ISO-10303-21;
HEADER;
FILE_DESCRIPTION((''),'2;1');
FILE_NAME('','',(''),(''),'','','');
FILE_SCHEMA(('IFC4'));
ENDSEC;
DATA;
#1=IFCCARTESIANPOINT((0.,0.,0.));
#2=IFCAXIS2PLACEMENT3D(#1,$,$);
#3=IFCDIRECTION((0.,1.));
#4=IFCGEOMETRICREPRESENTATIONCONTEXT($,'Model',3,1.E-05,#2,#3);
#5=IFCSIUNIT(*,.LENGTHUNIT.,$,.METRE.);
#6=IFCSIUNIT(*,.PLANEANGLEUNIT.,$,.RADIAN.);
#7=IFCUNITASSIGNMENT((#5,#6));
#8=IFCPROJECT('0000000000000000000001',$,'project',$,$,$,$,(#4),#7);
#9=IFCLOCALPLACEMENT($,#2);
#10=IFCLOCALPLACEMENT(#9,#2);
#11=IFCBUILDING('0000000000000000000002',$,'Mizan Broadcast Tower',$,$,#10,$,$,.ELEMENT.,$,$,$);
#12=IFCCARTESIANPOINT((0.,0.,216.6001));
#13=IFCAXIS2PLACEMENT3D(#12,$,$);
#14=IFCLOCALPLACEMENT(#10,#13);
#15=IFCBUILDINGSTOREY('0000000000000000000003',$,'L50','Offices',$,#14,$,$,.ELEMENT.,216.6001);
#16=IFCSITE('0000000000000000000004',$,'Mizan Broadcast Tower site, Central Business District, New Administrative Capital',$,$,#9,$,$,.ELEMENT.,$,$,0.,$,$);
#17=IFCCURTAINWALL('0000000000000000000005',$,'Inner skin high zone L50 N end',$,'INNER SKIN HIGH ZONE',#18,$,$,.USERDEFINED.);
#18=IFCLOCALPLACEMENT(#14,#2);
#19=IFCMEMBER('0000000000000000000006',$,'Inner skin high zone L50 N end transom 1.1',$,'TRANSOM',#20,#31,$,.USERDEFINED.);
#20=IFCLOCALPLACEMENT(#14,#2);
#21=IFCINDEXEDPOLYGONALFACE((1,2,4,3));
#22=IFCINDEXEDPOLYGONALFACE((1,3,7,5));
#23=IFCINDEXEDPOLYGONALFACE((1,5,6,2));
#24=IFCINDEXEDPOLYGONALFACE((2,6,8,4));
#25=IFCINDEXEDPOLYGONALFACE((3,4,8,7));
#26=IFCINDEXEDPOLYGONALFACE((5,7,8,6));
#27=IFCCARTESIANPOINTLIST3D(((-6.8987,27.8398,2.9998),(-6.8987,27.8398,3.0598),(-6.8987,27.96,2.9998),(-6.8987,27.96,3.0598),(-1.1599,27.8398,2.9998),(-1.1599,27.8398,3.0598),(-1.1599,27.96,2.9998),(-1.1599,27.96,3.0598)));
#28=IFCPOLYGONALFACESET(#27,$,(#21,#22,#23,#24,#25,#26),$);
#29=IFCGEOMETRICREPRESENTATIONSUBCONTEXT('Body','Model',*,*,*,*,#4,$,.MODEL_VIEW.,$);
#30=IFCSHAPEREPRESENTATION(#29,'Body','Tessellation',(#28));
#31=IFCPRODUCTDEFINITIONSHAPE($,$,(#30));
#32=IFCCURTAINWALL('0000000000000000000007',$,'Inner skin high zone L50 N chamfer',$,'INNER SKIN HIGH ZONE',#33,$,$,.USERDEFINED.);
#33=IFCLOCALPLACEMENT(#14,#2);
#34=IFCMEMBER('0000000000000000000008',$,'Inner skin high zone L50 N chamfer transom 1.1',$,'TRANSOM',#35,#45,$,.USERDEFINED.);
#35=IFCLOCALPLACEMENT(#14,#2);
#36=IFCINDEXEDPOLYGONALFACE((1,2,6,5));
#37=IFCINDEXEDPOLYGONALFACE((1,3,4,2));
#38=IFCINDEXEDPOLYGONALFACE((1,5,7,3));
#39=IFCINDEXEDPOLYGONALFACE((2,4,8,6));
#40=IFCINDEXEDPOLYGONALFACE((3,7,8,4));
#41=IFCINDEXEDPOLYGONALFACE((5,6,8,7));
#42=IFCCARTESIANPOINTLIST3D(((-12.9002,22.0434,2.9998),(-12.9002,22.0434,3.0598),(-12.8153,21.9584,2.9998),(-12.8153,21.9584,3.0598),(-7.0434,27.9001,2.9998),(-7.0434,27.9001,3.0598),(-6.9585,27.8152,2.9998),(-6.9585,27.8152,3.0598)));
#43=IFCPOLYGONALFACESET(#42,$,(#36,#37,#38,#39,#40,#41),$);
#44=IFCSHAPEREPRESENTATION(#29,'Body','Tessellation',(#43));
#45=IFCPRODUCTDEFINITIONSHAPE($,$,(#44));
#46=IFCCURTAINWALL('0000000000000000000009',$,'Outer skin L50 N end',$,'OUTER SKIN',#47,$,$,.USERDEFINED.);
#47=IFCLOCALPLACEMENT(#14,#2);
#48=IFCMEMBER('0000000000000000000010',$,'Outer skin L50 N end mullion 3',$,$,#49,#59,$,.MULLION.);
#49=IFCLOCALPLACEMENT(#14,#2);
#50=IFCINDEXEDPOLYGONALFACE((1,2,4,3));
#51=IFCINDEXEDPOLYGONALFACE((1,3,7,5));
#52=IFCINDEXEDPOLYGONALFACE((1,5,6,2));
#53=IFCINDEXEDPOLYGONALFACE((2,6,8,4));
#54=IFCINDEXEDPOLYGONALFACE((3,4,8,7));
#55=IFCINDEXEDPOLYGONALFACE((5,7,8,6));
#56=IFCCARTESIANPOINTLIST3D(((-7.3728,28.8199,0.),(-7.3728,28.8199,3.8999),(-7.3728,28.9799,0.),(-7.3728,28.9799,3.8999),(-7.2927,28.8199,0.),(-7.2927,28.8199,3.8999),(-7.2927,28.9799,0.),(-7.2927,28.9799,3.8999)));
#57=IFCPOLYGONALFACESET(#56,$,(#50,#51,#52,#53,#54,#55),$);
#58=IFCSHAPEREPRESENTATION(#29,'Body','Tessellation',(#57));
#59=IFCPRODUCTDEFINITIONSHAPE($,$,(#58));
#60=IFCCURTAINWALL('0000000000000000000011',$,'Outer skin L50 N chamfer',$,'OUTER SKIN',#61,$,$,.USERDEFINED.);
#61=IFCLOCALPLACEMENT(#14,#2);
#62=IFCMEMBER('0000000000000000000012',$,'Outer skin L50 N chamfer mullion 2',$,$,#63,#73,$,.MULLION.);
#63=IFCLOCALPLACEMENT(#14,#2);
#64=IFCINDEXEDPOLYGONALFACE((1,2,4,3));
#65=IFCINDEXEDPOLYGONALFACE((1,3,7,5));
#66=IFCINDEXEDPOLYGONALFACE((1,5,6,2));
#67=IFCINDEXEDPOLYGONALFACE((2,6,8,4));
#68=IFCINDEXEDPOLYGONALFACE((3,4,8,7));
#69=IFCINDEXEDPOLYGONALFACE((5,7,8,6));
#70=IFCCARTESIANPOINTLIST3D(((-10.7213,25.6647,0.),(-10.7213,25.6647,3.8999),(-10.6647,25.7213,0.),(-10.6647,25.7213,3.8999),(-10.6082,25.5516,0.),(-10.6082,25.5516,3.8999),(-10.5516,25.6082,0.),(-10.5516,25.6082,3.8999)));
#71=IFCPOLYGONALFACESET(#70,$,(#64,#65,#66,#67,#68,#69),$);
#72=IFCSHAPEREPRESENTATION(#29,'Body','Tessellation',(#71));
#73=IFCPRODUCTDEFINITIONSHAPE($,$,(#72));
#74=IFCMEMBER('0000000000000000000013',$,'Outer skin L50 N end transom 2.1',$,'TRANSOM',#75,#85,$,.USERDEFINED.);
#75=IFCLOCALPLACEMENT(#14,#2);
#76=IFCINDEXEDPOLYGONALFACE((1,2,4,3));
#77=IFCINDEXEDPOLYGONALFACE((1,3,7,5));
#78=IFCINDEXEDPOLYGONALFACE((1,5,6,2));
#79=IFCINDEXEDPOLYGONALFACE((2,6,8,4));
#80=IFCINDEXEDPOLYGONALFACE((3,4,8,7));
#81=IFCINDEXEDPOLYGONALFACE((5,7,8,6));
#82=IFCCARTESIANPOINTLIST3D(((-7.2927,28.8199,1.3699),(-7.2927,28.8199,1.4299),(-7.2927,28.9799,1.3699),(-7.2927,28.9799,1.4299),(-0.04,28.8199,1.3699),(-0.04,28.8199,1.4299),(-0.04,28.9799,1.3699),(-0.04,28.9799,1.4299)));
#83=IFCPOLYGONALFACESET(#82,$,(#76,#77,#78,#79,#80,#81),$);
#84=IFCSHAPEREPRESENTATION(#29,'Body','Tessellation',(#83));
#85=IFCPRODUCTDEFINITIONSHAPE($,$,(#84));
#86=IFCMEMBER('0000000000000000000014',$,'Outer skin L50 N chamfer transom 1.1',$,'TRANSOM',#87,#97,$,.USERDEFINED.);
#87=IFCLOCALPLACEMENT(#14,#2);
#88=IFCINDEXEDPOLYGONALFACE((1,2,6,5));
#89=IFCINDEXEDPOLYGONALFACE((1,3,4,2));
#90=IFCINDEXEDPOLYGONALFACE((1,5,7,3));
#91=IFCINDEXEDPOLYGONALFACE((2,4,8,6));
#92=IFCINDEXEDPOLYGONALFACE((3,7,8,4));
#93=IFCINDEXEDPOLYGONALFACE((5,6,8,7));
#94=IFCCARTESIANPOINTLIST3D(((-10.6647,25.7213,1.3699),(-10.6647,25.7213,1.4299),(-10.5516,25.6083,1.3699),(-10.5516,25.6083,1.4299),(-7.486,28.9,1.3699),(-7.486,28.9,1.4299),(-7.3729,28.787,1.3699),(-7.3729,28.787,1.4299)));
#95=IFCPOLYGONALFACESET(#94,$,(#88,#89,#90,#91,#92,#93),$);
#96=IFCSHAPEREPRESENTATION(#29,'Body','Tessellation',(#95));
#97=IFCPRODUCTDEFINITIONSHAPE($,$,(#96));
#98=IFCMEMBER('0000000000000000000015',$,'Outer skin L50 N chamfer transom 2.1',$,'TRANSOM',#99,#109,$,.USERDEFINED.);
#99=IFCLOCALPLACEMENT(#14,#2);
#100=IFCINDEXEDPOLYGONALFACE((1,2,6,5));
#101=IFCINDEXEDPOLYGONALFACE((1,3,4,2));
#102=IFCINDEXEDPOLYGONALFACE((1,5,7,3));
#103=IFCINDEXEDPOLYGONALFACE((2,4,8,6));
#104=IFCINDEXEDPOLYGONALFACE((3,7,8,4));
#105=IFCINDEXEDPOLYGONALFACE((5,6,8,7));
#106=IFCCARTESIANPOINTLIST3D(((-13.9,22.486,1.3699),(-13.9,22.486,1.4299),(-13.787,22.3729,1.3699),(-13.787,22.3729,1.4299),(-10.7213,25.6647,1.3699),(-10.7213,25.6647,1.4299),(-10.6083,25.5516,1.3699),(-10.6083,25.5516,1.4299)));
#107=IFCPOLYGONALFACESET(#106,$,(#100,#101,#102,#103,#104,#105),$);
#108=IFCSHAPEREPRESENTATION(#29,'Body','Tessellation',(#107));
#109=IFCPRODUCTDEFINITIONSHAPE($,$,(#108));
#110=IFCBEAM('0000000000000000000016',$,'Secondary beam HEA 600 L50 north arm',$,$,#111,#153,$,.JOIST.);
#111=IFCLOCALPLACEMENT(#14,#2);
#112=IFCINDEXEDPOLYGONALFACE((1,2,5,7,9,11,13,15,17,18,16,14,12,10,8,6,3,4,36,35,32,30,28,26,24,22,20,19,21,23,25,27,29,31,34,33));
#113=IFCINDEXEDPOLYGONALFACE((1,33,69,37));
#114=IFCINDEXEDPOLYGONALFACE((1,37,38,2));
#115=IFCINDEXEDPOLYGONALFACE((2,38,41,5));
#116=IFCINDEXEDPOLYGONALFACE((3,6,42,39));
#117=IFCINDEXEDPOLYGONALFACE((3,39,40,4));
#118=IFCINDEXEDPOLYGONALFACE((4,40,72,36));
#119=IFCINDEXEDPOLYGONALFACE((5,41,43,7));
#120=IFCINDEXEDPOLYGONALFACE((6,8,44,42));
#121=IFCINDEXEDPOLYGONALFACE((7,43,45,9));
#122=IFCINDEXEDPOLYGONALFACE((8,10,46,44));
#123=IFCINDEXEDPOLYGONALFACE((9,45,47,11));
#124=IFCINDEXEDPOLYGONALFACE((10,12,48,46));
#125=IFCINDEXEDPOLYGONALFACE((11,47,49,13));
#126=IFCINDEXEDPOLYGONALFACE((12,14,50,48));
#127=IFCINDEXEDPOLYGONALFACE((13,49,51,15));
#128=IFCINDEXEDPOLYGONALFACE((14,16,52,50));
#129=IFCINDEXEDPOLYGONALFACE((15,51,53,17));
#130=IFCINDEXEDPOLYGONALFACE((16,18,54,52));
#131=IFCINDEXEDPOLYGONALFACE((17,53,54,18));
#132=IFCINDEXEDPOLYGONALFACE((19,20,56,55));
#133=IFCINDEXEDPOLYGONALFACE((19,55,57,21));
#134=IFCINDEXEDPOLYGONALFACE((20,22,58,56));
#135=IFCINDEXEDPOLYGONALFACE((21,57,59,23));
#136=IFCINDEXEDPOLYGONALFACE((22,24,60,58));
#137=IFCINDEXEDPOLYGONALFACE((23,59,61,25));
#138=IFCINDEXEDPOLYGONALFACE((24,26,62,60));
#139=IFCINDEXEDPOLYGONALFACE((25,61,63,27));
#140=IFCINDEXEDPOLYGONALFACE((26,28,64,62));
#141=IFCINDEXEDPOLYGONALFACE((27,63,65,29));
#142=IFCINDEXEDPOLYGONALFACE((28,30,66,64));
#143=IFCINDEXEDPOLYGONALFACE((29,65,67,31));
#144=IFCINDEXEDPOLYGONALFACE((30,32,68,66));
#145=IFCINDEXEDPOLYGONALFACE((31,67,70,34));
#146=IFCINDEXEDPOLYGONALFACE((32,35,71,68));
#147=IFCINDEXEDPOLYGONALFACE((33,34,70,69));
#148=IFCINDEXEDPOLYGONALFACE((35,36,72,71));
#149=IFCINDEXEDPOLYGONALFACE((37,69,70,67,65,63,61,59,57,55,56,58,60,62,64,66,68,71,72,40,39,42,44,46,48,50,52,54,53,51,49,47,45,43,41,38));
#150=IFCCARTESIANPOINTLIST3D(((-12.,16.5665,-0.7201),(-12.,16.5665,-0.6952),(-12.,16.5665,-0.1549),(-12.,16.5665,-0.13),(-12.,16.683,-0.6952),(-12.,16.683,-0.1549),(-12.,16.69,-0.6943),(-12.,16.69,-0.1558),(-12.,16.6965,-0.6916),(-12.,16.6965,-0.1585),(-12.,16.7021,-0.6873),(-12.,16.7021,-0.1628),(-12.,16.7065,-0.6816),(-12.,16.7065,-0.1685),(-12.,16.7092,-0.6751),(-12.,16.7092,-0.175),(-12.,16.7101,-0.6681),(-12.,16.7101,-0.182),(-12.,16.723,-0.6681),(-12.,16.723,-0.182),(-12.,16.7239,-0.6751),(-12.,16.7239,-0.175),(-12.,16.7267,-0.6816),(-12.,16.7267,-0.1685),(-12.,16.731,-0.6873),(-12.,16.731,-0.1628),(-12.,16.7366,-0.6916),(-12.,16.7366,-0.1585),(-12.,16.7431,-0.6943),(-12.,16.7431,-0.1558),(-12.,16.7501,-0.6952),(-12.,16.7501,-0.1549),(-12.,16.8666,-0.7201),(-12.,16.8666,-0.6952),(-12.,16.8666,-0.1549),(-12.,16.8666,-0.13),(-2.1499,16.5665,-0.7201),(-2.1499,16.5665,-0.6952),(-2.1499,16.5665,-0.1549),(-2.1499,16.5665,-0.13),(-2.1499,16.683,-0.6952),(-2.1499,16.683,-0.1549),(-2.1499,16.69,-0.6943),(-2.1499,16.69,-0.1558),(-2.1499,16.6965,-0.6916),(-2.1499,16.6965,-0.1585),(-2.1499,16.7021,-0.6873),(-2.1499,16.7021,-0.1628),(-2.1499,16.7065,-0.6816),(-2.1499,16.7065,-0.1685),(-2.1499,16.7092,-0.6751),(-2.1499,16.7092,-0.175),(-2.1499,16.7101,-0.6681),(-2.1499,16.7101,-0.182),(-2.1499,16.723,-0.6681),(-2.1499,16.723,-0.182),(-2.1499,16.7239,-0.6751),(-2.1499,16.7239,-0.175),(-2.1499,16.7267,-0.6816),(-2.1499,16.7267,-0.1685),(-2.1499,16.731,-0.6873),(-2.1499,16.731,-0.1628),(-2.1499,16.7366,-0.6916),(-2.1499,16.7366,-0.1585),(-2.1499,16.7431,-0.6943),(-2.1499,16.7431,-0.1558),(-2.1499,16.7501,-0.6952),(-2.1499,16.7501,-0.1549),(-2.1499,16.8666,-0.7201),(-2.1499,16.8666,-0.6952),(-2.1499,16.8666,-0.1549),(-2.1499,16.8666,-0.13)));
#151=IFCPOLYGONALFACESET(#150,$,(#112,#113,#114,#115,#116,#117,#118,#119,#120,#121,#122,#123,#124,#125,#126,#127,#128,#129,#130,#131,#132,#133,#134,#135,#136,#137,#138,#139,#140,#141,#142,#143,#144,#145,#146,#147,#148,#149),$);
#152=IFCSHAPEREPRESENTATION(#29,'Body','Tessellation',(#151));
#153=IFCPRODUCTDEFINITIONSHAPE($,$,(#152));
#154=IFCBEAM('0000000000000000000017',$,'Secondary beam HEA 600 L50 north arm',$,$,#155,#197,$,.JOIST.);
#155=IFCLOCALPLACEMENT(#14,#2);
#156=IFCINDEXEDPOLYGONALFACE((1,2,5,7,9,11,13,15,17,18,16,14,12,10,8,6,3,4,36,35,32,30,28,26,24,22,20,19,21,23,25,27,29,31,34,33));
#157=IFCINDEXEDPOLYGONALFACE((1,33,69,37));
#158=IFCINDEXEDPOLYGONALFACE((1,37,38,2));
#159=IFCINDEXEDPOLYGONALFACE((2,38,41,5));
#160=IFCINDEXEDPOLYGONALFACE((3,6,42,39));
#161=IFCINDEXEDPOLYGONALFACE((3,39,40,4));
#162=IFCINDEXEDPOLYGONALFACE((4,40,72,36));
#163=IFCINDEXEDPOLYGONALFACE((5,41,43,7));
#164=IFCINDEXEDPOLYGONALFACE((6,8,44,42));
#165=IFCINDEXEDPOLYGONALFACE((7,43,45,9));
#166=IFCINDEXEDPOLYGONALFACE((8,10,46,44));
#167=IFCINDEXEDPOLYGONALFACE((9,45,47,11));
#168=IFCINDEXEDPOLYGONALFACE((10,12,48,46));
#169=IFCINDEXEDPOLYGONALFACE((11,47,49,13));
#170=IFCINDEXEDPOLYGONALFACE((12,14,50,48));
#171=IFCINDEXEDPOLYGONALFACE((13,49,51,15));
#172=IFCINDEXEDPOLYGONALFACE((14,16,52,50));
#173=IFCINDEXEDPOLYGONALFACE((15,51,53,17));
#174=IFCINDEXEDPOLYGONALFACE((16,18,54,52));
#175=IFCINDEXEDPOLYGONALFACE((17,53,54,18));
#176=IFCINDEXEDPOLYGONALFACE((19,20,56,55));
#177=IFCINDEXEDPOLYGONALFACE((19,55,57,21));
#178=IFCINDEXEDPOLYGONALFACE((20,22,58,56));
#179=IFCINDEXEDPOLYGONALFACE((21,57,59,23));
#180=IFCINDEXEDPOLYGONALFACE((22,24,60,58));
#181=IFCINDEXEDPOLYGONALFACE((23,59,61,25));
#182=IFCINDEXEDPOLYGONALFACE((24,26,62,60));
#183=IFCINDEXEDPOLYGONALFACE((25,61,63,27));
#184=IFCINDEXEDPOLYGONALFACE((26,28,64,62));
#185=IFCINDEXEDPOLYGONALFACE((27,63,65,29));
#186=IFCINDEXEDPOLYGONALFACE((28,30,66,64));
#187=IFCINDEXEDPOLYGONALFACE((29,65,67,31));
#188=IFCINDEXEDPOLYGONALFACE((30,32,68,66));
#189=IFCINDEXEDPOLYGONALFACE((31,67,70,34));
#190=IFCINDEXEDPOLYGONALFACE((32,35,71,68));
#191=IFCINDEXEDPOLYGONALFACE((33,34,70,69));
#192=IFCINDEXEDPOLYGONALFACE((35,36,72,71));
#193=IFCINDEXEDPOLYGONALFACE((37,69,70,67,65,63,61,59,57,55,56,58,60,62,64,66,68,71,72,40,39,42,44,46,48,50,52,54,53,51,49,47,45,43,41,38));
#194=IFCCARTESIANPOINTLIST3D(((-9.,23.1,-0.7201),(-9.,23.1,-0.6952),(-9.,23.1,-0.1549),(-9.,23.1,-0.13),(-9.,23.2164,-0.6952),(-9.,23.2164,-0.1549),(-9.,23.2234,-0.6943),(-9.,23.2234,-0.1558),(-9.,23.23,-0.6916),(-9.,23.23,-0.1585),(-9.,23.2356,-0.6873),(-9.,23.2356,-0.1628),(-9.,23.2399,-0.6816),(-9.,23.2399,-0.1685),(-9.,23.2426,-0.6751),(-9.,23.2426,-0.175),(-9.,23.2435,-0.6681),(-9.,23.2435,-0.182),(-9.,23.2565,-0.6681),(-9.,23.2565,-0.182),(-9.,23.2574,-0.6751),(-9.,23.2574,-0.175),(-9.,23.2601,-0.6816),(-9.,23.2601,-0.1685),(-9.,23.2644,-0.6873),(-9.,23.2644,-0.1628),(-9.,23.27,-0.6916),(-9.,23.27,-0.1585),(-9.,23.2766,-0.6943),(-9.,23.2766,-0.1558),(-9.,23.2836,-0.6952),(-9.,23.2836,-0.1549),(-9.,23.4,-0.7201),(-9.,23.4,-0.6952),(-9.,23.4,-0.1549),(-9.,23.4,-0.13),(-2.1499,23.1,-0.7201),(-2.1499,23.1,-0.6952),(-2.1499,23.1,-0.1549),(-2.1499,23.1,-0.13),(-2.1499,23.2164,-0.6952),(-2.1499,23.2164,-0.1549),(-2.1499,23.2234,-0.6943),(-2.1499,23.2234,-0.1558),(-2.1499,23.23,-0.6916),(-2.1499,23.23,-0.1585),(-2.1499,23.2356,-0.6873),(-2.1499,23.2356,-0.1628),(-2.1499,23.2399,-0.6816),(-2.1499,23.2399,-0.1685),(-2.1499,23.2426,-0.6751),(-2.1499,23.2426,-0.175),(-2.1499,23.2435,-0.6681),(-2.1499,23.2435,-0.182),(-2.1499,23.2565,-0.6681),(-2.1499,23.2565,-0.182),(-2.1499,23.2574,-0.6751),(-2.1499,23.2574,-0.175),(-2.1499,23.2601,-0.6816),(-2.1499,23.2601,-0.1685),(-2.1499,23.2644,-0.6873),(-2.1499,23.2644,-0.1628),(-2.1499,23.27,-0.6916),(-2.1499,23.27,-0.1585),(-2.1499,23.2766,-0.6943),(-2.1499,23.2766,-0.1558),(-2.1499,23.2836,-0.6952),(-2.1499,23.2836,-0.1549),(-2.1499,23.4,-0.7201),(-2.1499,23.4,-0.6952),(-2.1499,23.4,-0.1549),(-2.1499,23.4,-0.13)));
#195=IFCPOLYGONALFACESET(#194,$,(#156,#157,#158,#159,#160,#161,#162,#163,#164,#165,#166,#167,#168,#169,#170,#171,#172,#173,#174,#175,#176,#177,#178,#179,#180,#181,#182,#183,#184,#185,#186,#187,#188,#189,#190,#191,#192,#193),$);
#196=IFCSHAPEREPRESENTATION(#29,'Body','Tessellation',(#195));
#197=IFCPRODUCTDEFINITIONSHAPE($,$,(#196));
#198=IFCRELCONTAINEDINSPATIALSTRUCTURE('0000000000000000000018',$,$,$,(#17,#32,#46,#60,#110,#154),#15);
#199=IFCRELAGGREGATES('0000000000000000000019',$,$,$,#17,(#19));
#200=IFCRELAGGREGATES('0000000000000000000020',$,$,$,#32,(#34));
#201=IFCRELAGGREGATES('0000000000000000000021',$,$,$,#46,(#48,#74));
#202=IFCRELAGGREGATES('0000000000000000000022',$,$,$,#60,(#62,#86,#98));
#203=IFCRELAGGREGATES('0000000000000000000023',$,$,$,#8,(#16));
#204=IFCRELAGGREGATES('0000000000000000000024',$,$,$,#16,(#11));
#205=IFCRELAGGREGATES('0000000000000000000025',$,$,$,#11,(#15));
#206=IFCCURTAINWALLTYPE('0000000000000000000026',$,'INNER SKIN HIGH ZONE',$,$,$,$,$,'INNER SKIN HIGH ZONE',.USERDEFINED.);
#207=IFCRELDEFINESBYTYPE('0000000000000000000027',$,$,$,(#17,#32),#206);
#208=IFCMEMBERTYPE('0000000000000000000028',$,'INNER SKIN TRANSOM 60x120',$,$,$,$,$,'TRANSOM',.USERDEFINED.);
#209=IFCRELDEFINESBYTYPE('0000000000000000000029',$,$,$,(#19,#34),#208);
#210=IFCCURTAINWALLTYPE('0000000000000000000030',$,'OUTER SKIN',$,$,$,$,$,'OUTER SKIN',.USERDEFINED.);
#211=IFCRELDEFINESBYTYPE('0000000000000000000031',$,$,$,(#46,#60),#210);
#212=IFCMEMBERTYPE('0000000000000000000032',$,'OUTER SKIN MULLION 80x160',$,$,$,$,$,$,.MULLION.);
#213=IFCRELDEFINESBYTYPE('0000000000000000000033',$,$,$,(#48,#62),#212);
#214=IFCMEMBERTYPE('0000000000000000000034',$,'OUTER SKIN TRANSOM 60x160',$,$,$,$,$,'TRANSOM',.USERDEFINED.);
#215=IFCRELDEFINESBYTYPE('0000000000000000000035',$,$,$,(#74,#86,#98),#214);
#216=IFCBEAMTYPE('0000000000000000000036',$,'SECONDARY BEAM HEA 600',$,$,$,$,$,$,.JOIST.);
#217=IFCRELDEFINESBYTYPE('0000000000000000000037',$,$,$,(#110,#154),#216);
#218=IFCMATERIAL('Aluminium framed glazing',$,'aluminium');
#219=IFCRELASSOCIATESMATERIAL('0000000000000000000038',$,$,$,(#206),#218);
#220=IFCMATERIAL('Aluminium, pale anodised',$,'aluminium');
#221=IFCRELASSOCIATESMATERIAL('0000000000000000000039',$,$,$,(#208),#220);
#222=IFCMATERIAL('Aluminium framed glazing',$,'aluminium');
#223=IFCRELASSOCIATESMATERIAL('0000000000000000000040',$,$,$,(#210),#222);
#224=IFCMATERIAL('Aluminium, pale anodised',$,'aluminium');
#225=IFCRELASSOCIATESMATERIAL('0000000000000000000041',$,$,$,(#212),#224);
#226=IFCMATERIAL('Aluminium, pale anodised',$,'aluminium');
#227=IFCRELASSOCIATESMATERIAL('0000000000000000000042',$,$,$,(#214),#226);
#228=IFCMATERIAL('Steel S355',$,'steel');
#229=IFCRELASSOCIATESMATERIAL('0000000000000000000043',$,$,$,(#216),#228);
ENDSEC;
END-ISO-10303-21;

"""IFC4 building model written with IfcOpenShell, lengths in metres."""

from ifc_helpers import new_model, si_unit, direction, frame, origin, origin_2d, place, context, subcontext, project, spatial, rectangle, i_section, extrude, material, material_profile, profile_set, type_object, element, aggregate, save


model = new_model("IFC4")

# Units and contexts
model_context = context("Model", 3, precision=1e-05, world=origin(), true_north=direction((0.0, 1.0)))
body_context = subcontext(model_context, "Body", "Model", "MODEL_VIEW")
ifc_project = project(units=[si_unit("LENGTHUNIT", "METRE"), si_unit("PLANEANGLEUNIT", "RADIAN")], contexts=[model_context])

# Site, building, storey
site_placement = place(None, origin())
site = spatial("IfcSite", under=ifc_project, at=site_placement, Name="Mizan Broadcast Tower site, Central Business District, New Administrative Capital", CompositionType="ELEMENT", RefElevation=0.0)
building_placement = place(site_placement, origin())
building = spatial("IfcBuilding", under=site, at=building_placement, Name="Mizan Broadcast Tower", CompositionType="ELEMENT")
storey_placement = place(building_placement, frame((0.0, 0.0, 216.6001)))
storey = spatial("IfcBuildingStorey", under=building, at=storey_placement, Name="L50", Description="Offices", CompositionType="ELEMENT", Elevation=216.6001)

# Curtain wall, member
ifc_material_1 = material(Name="Aluminium framed glazing", Category="aluminium")
curtain_wall_type_1 = type_object("IfcCurtainWallType", Name="INNER SKIN HIGH ZONE", ElementType="INNER SKIN HIGH ZONE", PredefinedType="USERDEFINED", material=ifc_material_1)
curtain_wall_1_placement = place(storey_placement, origin())
curtain_wall_1 = element("IfcCurtainWall", 1, at=curtain_wall_1_placement, inside=storey, type_object=curtain_wall_type_1, Name="Inner skin high zone L50 N end", ObjectType="INNER SKIN HIGH ZONE", PredefinedType="USERDEFINED")
ifc_material_2 = material(Name="Aluminium, pale anodised", Category="aluminium")
ifc_material_profile_1 = material_profile(ifc_material_2, rectangle(XDim=0.1201, YDim=0.0601, at=origin_2d()), Name="TRANSOM 120x60")
ifc_profile_set_1 = profile_set([ifc_material_profile_1], Name="Aluminium, pale anodised")
member_type_1 = type_object("IfcMemberType", Name="INNER SKIN TRANSOM 60x120", ElementType="TRANSOM", PredefinedType="USERDEFINED", material=ifc_profile_set_1)
member_1_placement = place(storey_placement, frame((-1.1599, 27.8999, 3.0298), z_axis=(-1.0, 0.0, 0.0), x_axis=(0.0, -1.0, 0.0)))
member_1 = element("IfcMember", 2, at=member_1_placement, type_object=member_type_1, Name="Inner skin high zone L50 N end transom 1.1", ObjectType="TRANSOM", PredefinedType="USERDEFINED", context=body_context, shape_type="SweptSolid", body=[
    extrude(rectangle(XDim=0.1201, YDim=0.0601, at=origin_2d()), origin(), (0.0, 0.0, 1.0), 5.7388),
])

# Curtain walls, members
curtain_wall_2_placement = place(storey_placement, origin())
curtain_wall_2 = element("IfcCurtainWall", 3, at=curtain_wall_2_placement, inside=storey, type_object=curtain_wall_type_1, Name="Inner skin high zone L50 N chamfer", ObjectType="INNER SKIN HIGH ZONE", PredefinedType="USERDEFINED")
member_2_placement = place(storey_placement, frame((-7.001, 27.8577, 3.0298), z_axis=(-0.707107, -0.707107, 0.0), x_axis=(0.707107, -0.707107, 0.0)))
member_2 = element("IfcMember", 4, at=member_2_placement, type_object=member_type_1, Name="Inner skin high zone L50 N chamfer transom 1.1", ObjectType="TRANSOM", PredefinedType="USERDEFINED", context=body_context, shape_type="SweptSolid", body=[
    extrude(rectangle(XDim=0.1201, YDim=0.0601, at=origin_2d()), origin(), (0.0, 0.0, 1.0), 8.2827),
])
ifc_material_3 = material(Name="Aluminium framed glazing", Category="aluminium")
curtain_wall_type_2 = type_object("IfcCurtainWallType", Name="OUTER SKIN", ElementType="OUTER SKIN", PredefinedType="USERDEFINED", material=ifc_material_3)
curtain_wall_3_placement = place(storey_placement, origin())
curtain_wall_3 = element("IfcCurtainWall", 5, at=curtain_wall_3_placement, inside=storey, type_object=curtain_wall_type_2, Name="Outer skin L50 N end", ObjectType="OUTER SKIN", PredefinedType="USERDEFINED")
ifc_material_4 = material(Name="Aluminium, pale anodised", Category="aluminium")
ifc_material_profile_2 = material_profile(ifc_material_4, rectangle(XDim=0.1599, YDim=0.0801, at=origin_2d()), Name="MULLION 160x80")
ifc_profile_set_2 = profile_set([ifc_material_profile_2], Name="Aluminium, pale anodised")
member_type_2 = type_object("IfcMemberType", Name="OUTER SKIN MULLION 80x160", PredefinedType="MULLION", material=ifc_profile_set_2)
member_3_placement = place(storey_placement, frame((-7.3328, 28.8999, 0.0), z_axis=(0.0, 0.0, 1.0), x_axis=(0.0, -1.0, 0.0)))
member_3 = element("IfcMember", 6, at=member_3_placement, type_object=member_type_2, Name="Outer skin L50 N end mullion 3", PredefinedType="MULLION", context=body_context, shape_type="SweptSolid", body=[
    extrude(rectangle(XDim=0.1599, YDim=0.0801, at=origin_2d()), origin(), (0.0, 0.0, 1.0), 3.8999),
])
curtain_wall_4_placement = place(storey_placement, origin())
curtain_wall_4 = element("IfcCurtainWall", 7, at=curtain_wall_4_placement, inside=storey, type_object=curtain_wall_type_2, Name="Outer skin L50 N chamfer", ObjectType="OUTER SKIN", PredefinedType="USERDEFINED")
member_4_placement = place(storey_placement, frame((-10.6365, 25.6365, 0.0), z_axis=(0.0, 0.0, 1.0), x_axis=(0.707107, -0.707107, 0.0)))
member_4 = element("IfcMember", 8, at=member_4_placement, type_object=member_type_2, Name="Outer skin L50 N chamfer mullion 2", PredefinedType="MULLION", context=body_context, shape_type="SweptSolid", body=[
    extrude(rectangle(XDim=0.1599, YDim=0.0801, at=origin_2d()), origin(), (0.0, 0.0, 1.0), 3.8999),
])

# Members
ifc_material_5 = material(Name="Aluminium, pale anodised", Category="aluminium")
ifc_material_profile_3 = material_profile(ifc_material_5, rectangle(XDim=0.1599, YDim=0.0601, at=origin_2d()), Name="TRANSOM 160x60")
ifc_profile_set_3 = profile_set([ifc_material_profile_3], Name="Aluminium, pale anodised")
member_type_3 = type_object("IfcMemberType", Name="OUTER SKIN TRANSOM 60x160", ElementType="TRANSOM", PredefinedType="USERDEFINED", material=ifc_profile_set_3)
member_5_placement = place(storey_placement, frame((-0.04, 28.8999, 1.3999), z_axis=(-1.0, 0.0, 0.0), x_axis=(0.0, -1.0, 0.0)))
member_5 = element("IfcMember", 9, at=member_5_placement, type_object=member_type_3, Name="Outer skin L50 N end transom 2.1", ObjectType="TRANSOM", PredefinedType="USERDEFINED", context=body_context, shape_type="SweptSolid", body=[
    extrude(rectangle(XDim=0.1599, YDim=0.0601, at=origin_2d()), origin(), (0.0, 0.0, 1.0), 7.2527),
])
member_6_placement = place(storey_placement, frame((-7.4294, 28.8435, 1.3999), z_axis=(-0.707107, -0.707107, 0.0), x_axis=(0.707107, -0.707107, 0.0)))
member_6 = element("IfcMember", 10, at=member_6_placement, type_object=member_type_3, Name="Outer skin L50 N chamfer transom 1.1", ObjectType="TRANSOM", PredefinedType="USERDEFINED", context=body_context, shape_type="SweptSolid", body=[
    extrude(rectangle(XDim=0.1599, YDim=0.0601, at=origin_2d()), origin(), (0.0, 0.0, 1.0), 4.4954),
])
member_7_placement = place(storey_placement, frame((-10.6648, 25.6082, 1.3999), z_axis=(-0.707107, -0.707107, 0.0), x_axis=(0.707107, -0.707107, 0.0)))
member_7 = element("IfcMember", 11, at=member_7_placement, type_object=member_type_3, Name="Outer skin L50 N chamfer transom 2.1", ObjectType="TRANSOM", PredefinedType="USERDEFINED", context=body_context, shape_type="SweptSolid", body=[
    extrude(rectangle(XDim=0.1599, YDim=0.0601, at=origin_2d()), origin(), (0.0, 0.0, 1.0), 4.4954),
])

# Beams
ifc_material_6 = material(Name="Steel S355", Category="steel")
ifc_material_profile_4 = material_profile(ifc_material_6, i_section(OverallWidth=0.3, OverallDepth=0.5901, WebThickness=0.0129, FlangeThickness=0.0249, FilletRadius=0.0271, at=origin_2d()), Name="HEA 600")
ifc_profile_set_4 = profile_set([ifc_material_profile_4], Name="Steel S355")
beam_type_1 = type_object("IfcBeamType", Name="SECONDARY BEAM HEA 600", PredefinedType="JOIST", material=ifc_profile_set_4)
beam_1_placement = place(storey_placement, frame((-12.0, 16.7166, -0.425), z_axis=(1.0, 0.0, 0.0), x_axis=(0.0, 1.0, 0.0)))
element("IfcBeam", 12, at=beam_1_placement, inside=storey, type_object=beam_type_1, Name="Secondary beam HEA 600 L50 north arm", PredefinedType="JOIST", context=body_context, shape_type="SweptSolid", body=[
    extrude(i_section(OverallWidth=0.3, OverallDepth=0.5901, WebThickness=0.0129, FlangeThickness=0.0249, FilletRadius=0.0271, at=origin_2d()), origin(), (0.0, 0.0, 1.0), 9.8501),
])
beam_2_placement = place(storey_placement, frame((-9.0, 23.25, -0.425), z_axis=(1.0, 0.0, 0.0), x_axis=(0.0, 1.0, 0.0)))
element("IfcBeam", 13, at=beam_2_placement, inside=storey, type_object=beam_type_1, Name="Secondary beam HEA 600 L50 north arm", PredefinedType="JOIST", context=body_context, shape_type="SweptSolid", body=[
    extrude(i_section(OverallWidth=0.3, OverallDepth=0.5901, WebThickness=0.0129, FlangeThickness=0.0249, FilletRadius=0.0271, at=origin_2d()), origin(), (0.0, 0.0, 1.0), 6.8501),
])

aggregate(curtain_wall_1, [member_1])
aggregate(curtain_wall_2, [member_2])
aggregate(curtain_wall_3, [member_3, member_5])
aggregate(curtain_wall_4, [member_4, member_6, member_7])

save(model, "model.ifc")
